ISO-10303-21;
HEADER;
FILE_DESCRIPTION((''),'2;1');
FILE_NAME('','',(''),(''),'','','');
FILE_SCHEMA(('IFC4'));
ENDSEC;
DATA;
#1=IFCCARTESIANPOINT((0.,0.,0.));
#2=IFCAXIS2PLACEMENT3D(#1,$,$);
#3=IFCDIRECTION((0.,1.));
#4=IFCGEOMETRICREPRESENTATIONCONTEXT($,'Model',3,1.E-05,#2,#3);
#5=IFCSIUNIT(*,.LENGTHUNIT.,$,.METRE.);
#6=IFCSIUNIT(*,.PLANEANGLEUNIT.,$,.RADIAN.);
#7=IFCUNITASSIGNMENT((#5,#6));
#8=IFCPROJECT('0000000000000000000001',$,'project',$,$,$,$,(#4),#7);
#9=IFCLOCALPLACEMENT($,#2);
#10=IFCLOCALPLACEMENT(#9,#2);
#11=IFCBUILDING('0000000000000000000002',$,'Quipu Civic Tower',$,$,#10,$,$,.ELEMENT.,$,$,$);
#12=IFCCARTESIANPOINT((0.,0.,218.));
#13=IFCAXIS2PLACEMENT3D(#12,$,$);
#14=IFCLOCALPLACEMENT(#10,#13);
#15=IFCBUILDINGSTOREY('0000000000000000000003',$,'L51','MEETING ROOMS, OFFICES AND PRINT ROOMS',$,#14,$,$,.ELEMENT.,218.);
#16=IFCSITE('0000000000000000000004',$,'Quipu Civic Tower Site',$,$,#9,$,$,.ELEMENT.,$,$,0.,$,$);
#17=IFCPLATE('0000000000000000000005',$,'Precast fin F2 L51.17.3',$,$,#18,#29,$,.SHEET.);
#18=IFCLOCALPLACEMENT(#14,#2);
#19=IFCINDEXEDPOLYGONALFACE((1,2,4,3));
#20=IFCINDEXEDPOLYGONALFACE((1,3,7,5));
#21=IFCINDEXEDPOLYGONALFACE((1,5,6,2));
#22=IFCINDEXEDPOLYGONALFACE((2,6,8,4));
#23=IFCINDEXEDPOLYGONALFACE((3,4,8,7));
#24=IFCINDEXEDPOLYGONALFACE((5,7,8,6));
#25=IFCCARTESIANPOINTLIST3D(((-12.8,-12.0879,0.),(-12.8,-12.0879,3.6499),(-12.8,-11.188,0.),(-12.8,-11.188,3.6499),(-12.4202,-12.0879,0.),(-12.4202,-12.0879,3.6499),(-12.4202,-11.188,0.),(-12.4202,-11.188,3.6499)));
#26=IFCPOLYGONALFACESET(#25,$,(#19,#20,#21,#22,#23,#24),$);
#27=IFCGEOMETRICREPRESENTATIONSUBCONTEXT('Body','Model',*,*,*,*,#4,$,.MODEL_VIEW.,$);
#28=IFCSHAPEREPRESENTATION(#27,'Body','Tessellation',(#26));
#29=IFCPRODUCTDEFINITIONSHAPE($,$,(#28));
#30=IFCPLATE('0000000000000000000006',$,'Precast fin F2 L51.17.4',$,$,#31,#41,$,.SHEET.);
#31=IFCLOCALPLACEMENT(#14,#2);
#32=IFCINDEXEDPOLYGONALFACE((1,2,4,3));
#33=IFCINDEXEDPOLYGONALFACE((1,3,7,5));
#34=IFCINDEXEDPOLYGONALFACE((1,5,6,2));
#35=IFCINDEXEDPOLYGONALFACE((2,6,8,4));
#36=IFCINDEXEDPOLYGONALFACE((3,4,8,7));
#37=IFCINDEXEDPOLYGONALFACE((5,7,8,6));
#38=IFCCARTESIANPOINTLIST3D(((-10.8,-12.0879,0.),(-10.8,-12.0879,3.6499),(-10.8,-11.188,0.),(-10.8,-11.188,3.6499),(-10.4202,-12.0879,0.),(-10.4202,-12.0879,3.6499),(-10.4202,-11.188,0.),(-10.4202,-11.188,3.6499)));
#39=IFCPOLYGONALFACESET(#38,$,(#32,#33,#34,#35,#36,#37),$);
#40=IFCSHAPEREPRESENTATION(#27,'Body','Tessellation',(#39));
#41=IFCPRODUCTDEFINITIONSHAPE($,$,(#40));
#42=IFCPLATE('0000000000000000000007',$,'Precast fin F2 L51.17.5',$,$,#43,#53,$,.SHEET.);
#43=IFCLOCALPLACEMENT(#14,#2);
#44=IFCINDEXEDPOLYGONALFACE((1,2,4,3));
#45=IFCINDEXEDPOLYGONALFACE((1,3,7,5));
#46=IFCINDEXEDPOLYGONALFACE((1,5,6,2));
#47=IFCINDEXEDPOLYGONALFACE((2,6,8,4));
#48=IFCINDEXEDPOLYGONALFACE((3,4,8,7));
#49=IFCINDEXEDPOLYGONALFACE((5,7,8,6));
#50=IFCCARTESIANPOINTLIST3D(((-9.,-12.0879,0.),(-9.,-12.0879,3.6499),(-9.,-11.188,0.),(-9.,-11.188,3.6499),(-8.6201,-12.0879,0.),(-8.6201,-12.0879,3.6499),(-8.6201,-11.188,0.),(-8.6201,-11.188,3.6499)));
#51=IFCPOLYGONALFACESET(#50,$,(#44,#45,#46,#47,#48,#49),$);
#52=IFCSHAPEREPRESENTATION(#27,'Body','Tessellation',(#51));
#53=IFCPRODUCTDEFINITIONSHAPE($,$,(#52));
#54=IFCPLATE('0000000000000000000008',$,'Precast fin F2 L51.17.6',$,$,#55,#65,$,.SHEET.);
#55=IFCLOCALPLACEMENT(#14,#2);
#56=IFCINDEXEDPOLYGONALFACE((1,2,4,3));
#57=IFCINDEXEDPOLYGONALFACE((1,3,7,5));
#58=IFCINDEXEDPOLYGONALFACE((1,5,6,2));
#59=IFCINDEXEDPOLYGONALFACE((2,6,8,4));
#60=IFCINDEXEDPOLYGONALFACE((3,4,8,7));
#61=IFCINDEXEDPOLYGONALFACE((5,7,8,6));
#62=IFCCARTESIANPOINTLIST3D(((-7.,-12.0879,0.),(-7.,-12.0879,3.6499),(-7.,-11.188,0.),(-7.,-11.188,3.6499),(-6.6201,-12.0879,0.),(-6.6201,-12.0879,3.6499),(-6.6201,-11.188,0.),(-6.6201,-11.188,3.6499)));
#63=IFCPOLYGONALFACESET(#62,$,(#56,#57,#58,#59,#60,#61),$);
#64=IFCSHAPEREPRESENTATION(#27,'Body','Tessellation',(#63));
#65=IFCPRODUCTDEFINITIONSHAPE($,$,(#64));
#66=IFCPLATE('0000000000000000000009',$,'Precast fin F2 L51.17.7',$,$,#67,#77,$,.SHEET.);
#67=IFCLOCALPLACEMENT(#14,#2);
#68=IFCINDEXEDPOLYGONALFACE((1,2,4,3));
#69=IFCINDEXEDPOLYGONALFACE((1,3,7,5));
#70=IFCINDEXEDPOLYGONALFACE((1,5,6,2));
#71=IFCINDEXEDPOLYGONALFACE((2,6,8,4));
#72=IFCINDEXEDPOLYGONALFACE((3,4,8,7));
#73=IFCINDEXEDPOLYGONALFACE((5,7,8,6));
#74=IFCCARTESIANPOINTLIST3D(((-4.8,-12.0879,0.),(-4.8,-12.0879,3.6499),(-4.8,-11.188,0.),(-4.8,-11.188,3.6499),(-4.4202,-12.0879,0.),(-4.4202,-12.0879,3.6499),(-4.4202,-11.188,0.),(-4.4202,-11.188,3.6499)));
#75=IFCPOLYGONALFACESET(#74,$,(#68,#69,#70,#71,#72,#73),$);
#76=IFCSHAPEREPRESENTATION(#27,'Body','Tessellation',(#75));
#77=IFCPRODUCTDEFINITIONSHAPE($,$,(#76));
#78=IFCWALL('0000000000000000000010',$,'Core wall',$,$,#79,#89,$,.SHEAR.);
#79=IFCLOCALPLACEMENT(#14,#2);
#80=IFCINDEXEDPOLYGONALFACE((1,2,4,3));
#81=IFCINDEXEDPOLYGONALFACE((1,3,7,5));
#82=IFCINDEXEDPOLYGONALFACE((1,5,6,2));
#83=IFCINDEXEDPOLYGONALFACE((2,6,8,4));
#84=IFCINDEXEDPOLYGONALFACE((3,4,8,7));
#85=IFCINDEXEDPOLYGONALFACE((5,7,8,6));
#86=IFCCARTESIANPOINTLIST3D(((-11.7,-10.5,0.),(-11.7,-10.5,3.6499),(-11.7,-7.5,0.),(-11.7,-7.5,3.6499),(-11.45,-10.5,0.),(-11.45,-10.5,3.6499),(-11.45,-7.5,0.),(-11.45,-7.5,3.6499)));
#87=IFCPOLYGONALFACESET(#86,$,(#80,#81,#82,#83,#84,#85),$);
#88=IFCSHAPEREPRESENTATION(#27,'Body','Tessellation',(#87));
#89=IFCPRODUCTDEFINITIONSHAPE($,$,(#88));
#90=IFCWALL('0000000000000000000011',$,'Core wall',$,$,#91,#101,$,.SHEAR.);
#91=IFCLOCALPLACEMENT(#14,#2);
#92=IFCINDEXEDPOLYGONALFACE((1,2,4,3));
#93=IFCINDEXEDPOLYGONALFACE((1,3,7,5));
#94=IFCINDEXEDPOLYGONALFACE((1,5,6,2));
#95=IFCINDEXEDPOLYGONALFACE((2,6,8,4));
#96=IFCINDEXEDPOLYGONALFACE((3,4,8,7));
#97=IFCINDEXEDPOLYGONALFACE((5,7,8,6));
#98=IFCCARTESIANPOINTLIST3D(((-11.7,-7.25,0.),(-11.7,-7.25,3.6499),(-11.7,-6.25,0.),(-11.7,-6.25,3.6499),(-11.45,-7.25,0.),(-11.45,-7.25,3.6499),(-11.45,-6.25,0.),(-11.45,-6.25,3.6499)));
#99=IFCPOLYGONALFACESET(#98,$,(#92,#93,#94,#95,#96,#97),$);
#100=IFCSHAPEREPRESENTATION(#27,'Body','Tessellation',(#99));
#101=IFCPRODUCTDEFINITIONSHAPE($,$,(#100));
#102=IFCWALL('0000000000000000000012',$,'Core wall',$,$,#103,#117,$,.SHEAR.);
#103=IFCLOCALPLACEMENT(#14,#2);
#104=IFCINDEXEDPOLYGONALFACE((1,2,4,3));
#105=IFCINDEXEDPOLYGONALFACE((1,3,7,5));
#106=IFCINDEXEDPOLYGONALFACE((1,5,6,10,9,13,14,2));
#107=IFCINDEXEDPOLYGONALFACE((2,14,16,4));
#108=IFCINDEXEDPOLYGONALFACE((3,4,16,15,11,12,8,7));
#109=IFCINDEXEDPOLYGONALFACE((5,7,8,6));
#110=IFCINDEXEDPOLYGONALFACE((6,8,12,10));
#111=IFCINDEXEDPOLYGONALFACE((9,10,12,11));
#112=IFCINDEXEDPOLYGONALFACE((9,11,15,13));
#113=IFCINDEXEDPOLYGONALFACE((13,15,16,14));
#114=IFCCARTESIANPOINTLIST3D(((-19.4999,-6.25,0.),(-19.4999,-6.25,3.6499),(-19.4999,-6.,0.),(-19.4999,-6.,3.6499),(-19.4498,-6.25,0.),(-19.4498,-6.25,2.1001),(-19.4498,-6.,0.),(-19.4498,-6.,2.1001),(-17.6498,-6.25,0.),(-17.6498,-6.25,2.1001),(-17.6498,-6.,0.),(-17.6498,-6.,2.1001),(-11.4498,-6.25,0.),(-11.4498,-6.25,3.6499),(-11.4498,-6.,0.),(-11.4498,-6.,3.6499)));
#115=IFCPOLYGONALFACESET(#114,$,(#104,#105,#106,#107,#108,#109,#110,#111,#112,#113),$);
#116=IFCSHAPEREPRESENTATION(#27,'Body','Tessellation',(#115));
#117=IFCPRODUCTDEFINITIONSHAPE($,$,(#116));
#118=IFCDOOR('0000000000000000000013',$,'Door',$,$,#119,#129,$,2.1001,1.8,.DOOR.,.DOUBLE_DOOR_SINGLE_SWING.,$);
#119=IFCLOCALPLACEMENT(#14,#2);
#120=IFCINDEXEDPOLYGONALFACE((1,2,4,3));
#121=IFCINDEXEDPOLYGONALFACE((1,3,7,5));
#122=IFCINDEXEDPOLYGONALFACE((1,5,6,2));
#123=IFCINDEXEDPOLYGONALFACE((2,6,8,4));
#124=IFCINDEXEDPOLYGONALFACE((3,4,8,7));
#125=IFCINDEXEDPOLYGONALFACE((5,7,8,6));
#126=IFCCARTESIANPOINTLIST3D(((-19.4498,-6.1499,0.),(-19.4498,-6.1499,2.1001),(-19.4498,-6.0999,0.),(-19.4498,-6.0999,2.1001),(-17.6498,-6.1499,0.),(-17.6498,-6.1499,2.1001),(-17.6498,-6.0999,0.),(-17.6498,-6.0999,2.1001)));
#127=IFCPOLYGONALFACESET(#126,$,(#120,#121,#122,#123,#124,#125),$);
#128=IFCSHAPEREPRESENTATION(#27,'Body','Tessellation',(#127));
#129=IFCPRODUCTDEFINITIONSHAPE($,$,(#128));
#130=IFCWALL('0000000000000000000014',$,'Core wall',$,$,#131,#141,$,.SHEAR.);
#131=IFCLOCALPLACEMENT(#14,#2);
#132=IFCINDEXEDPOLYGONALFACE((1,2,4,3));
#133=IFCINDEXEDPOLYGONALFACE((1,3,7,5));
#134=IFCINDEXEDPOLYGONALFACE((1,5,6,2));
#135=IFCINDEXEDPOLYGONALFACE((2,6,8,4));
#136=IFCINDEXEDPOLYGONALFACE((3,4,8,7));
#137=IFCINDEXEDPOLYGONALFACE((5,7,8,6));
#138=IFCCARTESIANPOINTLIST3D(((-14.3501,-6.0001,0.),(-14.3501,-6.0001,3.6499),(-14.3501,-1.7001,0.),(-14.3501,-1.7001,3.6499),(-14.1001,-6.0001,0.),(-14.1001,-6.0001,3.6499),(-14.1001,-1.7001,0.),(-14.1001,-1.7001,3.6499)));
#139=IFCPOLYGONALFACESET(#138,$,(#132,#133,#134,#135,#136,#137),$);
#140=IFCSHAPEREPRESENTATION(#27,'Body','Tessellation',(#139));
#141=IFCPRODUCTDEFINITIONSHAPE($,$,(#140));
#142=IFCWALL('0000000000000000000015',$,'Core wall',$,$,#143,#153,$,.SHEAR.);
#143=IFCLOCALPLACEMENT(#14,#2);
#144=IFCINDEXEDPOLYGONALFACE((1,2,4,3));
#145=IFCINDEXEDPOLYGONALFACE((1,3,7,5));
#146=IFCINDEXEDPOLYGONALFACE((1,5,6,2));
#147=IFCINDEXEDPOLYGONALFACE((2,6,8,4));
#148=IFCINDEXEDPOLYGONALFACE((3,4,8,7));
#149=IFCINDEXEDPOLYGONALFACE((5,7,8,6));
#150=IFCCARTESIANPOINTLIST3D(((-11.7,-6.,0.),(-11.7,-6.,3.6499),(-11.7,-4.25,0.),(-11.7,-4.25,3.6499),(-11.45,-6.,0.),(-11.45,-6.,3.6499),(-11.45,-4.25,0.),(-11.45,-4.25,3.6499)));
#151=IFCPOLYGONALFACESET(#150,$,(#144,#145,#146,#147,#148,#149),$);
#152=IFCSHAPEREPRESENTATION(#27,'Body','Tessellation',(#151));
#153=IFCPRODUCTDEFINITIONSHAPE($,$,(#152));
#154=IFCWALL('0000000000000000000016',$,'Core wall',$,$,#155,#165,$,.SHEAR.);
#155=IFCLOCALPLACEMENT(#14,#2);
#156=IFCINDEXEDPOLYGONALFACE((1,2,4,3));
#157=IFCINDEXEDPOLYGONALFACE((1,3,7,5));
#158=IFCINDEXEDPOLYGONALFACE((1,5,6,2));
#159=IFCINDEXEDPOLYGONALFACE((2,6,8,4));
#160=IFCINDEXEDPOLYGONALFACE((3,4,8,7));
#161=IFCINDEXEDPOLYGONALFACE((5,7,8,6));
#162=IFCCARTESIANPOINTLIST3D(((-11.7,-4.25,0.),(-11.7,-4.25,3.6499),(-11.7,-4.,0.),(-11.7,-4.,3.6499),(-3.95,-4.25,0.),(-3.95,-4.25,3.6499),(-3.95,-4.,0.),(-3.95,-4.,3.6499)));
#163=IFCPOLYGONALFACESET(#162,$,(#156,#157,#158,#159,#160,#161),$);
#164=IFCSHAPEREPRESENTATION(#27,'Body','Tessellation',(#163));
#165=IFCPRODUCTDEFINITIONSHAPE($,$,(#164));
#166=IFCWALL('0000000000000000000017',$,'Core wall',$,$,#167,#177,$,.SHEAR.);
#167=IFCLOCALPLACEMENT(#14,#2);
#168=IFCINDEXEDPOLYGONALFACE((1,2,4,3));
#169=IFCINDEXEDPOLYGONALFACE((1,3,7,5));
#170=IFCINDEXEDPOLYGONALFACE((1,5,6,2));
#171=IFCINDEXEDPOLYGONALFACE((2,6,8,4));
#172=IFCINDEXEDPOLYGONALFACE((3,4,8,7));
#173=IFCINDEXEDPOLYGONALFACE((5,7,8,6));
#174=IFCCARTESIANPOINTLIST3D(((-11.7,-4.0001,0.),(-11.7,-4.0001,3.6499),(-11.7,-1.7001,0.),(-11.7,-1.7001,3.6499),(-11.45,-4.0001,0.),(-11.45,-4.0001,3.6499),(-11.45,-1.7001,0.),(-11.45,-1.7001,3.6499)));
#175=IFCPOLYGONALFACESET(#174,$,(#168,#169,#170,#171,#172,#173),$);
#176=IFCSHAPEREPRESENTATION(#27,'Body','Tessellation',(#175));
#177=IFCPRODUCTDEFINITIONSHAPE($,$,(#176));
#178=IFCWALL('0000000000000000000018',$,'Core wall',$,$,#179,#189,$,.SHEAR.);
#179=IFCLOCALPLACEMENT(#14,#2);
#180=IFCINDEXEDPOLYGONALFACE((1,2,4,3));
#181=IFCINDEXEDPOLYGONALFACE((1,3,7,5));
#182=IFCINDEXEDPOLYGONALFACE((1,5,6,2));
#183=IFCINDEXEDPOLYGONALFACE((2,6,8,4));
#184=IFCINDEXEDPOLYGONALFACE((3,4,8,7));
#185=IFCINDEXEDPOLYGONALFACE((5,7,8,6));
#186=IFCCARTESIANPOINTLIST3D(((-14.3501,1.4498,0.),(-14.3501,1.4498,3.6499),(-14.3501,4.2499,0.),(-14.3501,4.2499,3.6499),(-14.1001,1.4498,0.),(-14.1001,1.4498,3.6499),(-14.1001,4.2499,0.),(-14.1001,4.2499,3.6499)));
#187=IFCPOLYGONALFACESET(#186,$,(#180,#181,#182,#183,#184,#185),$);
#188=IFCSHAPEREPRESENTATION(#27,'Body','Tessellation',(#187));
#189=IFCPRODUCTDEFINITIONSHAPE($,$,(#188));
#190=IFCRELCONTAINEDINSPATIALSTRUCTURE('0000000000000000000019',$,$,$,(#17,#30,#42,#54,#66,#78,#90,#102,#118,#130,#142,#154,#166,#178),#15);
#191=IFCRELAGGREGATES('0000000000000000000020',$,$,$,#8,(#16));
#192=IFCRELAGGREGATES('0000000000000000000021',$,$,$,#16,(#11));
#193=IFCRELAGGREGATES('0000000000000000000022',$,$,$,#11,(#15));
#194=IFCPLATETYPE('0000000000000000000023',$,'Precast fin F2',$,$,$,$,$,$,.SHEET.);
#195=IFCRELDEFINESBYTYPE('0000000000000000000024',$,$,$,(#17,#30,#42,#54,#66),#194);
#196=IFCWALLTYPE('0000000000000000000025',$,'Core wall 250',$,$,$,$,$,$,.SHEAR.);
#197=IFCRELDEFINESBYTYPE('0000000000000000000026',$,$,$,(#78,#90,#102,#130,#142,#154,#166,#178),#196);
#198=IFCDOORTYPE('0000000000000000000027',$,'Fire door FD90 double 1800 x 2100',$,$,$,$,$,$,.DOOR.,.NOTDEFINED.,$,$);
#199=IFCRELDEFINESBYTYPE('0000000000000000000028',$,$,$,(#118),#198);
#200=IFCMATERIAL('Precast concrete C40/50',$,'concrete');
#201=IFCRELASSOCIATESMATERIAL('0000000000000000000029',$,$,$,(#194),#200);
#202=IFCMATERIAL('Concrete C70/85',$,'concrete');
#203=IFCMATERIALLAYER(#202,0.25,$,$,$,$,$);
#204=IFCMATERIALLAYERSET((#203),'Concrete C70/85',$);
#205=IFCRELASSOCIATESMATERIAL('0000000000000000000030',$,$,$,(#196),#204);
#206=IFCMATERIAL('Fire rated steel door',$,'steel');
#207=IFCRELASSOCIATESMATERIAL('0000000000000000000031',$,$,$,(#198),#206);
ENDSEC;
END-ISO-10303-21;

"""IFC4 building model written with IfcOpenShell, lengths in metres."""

from ifc_helpers import new_model, si_unit, direction, frame, frame_2d, origin, origin_2d, place, context, subcontext, project, spatial, rectangle, extrude, material, layer, layer_set, type_object, element, fill, save


model = new_model("IFC4")

# Units and contexts
model_context = context("Model", 3, precision=1e-05, world=origin(), true_north=direction((0.0, 1.0)))
body_context = subcontext(model_context, "Body", "Model", "MODEL_VIEW")
ifc_project = project(units=[si_unit("LENGTHUNIT", "METRE"), si_unit("PLANEANGLEUNIT", "RADIAN")], contexts=[model_context])

# Site, building, storey
site_placement = place(None, origin())
site = spatial("IfcSite", under=ifc_project, at=site_placement, Name="Quipu Civic Tower Site", CompositionType="ELEMENT", RefElevation=0.0)
building_placement = place(site_placement, origin())
building = spatial("IfcBuilding", under=site, at=building_placement, Name="Quipu Civic Tower", CompositionType="ELEMENT")
storey_placement = place(building_placement, frame((0.0, 0.0, 218.0)))
storey = spatial("IfcBuildingStorey", under=building, at=storey_placement, Name="L51", Description="MEETING ROOMS, OFFICES AND PRINT ROOMS", CompositionType="ELEMENT", Elevation=218.0)

# Plates
ifc_material_1 = material(Name="Precast concrete C40/50", Category="concrete")
plate_type = type_object("IfcPlateType", Name="Precast fin F2", PredefinedType="SHEET", material=ifc_material_1)
for number, where, z_axis, x_axis, name in (
    (1, (-12.6101, -11.6379, 0.0), (0.0, 0.0, 1.0), (1.0, 0.0, 0.0), "Precast fin F2 L51.17.3"),
    (2, (-10.6101, -11.6379, 0.0), (0.0, 0.0, 1.0), (1.0, 0.0, 0.0), "Precast fin F2 L51.17.4"),
    (3, (-8.8101, -11.6379, 0.0), (0.0, 0.0, 1.0), (1.0, 0.0, 0.0), "Precast fin F2 L51.17.5"),
    (4, (-6.8101, -11.6379, 0.0), (0.0, 0.0, 1.0), (1.0, 0.0, 0.0), "Precast fin F2 L51.17.6"),
    (5, (-4.6101, -11.6379, 0.0), (0.0, 0.0, 1.0), (1.0, 0.0, 0.0), "Precast fin F2 L51.17.7"),
):
    element("IfcPlate", number, at=place(storey_placement, frame(where, z_axis=z_axis, x_axis=x_axis)), inside=storey, type_object=plate_type, Name=name, PredefinedType="SHEET", context=body_context, shape_type="SweptSolid", body=[
        extrude(rectangle(XDim=0.3799, YDim=0.8999, at=origin_2d()), origin(), (0.0, 0.0, 1.0), 3.6499),
    ])

# Walls
ifc_material_2 = material(Name="Concrete C70/85", Category="concrete")
ifc_layer_1 = layer(ifc_material_2, 0.25)
ifc_layer_set_1 = layer_set([ifc_layer_1], Name="Concrete C70/85")
wall_type_1 = type_object("IfcWallType", Name="Core wall 250", PredefinedType="SHEAR", material=ifc_layer_set_1)
wall_1_placement = place(storey_placement, frame((-11.575, -10.5, 0.0), z_axis=(0.0, 0.0, 1.0), x_axis=(0.0, 1.0, 0.0)))
element("IfcWall", 6, at=wall_1_placement, inside=storey, type_object=wall_type_1, Name="Core wall", PredefinedType="SHEAR", context=body_context, shape_type="SweptSolid", body=[
    extrude(rectangle(XDim=3.0, YDim=0.25, at=frame_2d((1.5, 0.0))), origin(), (0.0, 0.0, 1.0), 3.6499),
])
wall_2_placement = place(storey_placement, frame((-11.575, -7.25, 0.0), z_axis=(0.0, 0.0, 1.0), x_axis=(0.0, 1.0, 0.0)))
element("IfcWall", 7, at=wall_2_placement, inside=storey, type_object=wall_type_1, Name="Core wall", PredefinedType="SHEAR", context=body_context, shape_type="SweptSolid", body=[
    extrude(rectangle(XDim=1.0, YDim=0.25, at=frame_2d((0.5, 0.0))), origin(), (0.0, 0.0, 1.0), 3.6499),
])

# Wall, opening, door
wall_3_placement = place(storey_placement, frame((-11.45, -6.125, 0.0), z_axis=(0.0, 0.0, 1.0), x_axis=(-1.0, 0.0, 0.0)))
wall_3 = element("IfcWall", 8, at=wall_3_placement, inside=storey, type_object=wall_type_1, Name="Core wall", PredefinedType="SHEAR", context=body_context, shape_type="SweptSolid", body=[
    extrude(rectangle(XDim=8.05, YDim=0.25, at=frame_2d((4.0249, 0.0))), origin(), (0.0, 0.0, 1.0), 3.6499),
])
opening_1_placement = place(wall_3_placement, frame((6.2, 0.0, 0.0)))
opening_1 = element("IfcOpeningElement", 9, at=opening_1_placement, cuts=wall_3, PredefinedType="OPENING", context=body_context, shape_type="SweptSolid", body=[
    extrude(rectangle(XDim=1.8, YDim=2.1001, at=frame_2d((0.8999, 1.05))), frame((0.0, 0.135, 0.0), z_axis=(0.0, -1.0, 0.0), x_axis=(1.0, 0.0, 0.0)), (0.0, 0.0, 1.0), 0.27),
])
ifc_material_3 = material(Name="Fire rated steel door", Category="steel")
door_type_1 = type_object("IfcDoorType", Name="Fire door FD90 double 1800 x 2100", OperationType="NOTDEFINED", PredefinedType="DOOR", material=ifc_material_3)
door_1_placement = place(opening_1_placement, origin())
door_1 = element("IfcDoor", 10, at=door_1_placement, inside=storey, type_object=door_type_1, Name="Door", OperationType="DOUBLE_DOOR_SINGLE_SWING", OverallHeight=2.1001, OverallWidth=1.8, PredefinedType="DOOR", context=body_context, shape_type="SweptSolid", body=[
    extrude(rectangle(XDim=1.8, YDim=2.1001, at=frame_2d((0.8999, 1.05))), frame((0.0, 0.0249, 0.0), z_axis=(0.0, -1.0, 0.0), x_axis=(1.0, 0.0, 0.0)), (0.0, 0.0, 1.0), 0.05),
])
fill(opening_1, door_1)

# Walls
wall_4_placement = place(storey_placement, frame((-14.2251, -6.0, 0.0), z_axis=(0.0, 0.0, 1.0), x_axis=(0.0, 1.0, 0.0)))
element("IfcWall", 11, at=wall_4_placement, inside=storey, type_object=wall_type_1, Name="Core wall", PredefinedType="SHEAR", context=body_context, shape_type="SweptSolid", body=[
    extrude(rectangle(XDim=4.3, YDim=0.25, at=frame_2d((2.1499, 0.0))), origin(), (0.0, 0.0, 1.0), 3.6499),
])
wall_5_placement = place(storey_placement, frame((-11.575, -6.0, 0.0), z_axis=(0.0, 0.0, 1.0), x_axis=(0.0, 1.0, 0.0)))
element("IfcWall", 12, at=wall_5_placement, inside=storey, type_object=wall_type_1, Name="Core wall", PredefinedType="SHEAR", context=body_context, shape_type="SweptSolid", body=[
    extrude(rectangle(XDim=1.75, YDim=0.25, at=frame_2d((0.875, 0.0))), origin(), (0.0, 0.0, 1.0), 3.6499),
])
wall_6_placement = place(storey_placement, frame((-11.7, -4.125, 0.0), z_axis=(0.0, 0.0, 1.0), x_axis=(1.0, 0.0, 0.0)))
element("IfcWall", 13, at=wall_6_placement, inside=storey, type_object=wall_type_1, Name="Core wall", PredefinedType="SHEAR", context=body_context, shape_type="SweptSolid", body=[
    extrude(rectangle(XDim=7.75, YDim=0.25, at=frame_2d((3.875, 0.0))), origin(), (0.0, 0.0, 1.0), 3.6499),
])
wall_7_placement = place(storey_placement, frame((-11.575, -4.0, 0.0), z_axis=(0.0, 0.0, 1.0), x_axis=(0.0, 1.0, 0.0)))
element("IfcWall", 14, at=wall_7_placement, inside=storey, type_object=wall_type_1, Name="Core wall", PredefinedType="SHEAR", context=body_context, shape_type="SweptSolid", body=[
    extrude(rectangle(XDim=2.3, YDim=0.25, at=frame_2d((1.1499, 0.0))), origin(), (0.0, 0.0, 1.0), 3.6499),
])
wall_8_placement = place(storey_placement, frame((-14.2251, 1.45, 0.0), z_axis=(0.0, 0.0, 1.0), x_axis=(0.0, 1.0, 0.0)))
element("IfcWall", 15, at=wall_8_placement, inside=storey, type_object=wall_type_1, Name="Core wall", PredefinedType="SHEAR", context=body_context, shape_type="SweptSolid", body=[
    extrude(rectangle(XDim=2.8, YDim=0.25, at=frame_2d((1.3999, 0.0))), origin(), (0.0, 0.0, 1.0), 3.6499),
])

save(model, "model.ifc")
